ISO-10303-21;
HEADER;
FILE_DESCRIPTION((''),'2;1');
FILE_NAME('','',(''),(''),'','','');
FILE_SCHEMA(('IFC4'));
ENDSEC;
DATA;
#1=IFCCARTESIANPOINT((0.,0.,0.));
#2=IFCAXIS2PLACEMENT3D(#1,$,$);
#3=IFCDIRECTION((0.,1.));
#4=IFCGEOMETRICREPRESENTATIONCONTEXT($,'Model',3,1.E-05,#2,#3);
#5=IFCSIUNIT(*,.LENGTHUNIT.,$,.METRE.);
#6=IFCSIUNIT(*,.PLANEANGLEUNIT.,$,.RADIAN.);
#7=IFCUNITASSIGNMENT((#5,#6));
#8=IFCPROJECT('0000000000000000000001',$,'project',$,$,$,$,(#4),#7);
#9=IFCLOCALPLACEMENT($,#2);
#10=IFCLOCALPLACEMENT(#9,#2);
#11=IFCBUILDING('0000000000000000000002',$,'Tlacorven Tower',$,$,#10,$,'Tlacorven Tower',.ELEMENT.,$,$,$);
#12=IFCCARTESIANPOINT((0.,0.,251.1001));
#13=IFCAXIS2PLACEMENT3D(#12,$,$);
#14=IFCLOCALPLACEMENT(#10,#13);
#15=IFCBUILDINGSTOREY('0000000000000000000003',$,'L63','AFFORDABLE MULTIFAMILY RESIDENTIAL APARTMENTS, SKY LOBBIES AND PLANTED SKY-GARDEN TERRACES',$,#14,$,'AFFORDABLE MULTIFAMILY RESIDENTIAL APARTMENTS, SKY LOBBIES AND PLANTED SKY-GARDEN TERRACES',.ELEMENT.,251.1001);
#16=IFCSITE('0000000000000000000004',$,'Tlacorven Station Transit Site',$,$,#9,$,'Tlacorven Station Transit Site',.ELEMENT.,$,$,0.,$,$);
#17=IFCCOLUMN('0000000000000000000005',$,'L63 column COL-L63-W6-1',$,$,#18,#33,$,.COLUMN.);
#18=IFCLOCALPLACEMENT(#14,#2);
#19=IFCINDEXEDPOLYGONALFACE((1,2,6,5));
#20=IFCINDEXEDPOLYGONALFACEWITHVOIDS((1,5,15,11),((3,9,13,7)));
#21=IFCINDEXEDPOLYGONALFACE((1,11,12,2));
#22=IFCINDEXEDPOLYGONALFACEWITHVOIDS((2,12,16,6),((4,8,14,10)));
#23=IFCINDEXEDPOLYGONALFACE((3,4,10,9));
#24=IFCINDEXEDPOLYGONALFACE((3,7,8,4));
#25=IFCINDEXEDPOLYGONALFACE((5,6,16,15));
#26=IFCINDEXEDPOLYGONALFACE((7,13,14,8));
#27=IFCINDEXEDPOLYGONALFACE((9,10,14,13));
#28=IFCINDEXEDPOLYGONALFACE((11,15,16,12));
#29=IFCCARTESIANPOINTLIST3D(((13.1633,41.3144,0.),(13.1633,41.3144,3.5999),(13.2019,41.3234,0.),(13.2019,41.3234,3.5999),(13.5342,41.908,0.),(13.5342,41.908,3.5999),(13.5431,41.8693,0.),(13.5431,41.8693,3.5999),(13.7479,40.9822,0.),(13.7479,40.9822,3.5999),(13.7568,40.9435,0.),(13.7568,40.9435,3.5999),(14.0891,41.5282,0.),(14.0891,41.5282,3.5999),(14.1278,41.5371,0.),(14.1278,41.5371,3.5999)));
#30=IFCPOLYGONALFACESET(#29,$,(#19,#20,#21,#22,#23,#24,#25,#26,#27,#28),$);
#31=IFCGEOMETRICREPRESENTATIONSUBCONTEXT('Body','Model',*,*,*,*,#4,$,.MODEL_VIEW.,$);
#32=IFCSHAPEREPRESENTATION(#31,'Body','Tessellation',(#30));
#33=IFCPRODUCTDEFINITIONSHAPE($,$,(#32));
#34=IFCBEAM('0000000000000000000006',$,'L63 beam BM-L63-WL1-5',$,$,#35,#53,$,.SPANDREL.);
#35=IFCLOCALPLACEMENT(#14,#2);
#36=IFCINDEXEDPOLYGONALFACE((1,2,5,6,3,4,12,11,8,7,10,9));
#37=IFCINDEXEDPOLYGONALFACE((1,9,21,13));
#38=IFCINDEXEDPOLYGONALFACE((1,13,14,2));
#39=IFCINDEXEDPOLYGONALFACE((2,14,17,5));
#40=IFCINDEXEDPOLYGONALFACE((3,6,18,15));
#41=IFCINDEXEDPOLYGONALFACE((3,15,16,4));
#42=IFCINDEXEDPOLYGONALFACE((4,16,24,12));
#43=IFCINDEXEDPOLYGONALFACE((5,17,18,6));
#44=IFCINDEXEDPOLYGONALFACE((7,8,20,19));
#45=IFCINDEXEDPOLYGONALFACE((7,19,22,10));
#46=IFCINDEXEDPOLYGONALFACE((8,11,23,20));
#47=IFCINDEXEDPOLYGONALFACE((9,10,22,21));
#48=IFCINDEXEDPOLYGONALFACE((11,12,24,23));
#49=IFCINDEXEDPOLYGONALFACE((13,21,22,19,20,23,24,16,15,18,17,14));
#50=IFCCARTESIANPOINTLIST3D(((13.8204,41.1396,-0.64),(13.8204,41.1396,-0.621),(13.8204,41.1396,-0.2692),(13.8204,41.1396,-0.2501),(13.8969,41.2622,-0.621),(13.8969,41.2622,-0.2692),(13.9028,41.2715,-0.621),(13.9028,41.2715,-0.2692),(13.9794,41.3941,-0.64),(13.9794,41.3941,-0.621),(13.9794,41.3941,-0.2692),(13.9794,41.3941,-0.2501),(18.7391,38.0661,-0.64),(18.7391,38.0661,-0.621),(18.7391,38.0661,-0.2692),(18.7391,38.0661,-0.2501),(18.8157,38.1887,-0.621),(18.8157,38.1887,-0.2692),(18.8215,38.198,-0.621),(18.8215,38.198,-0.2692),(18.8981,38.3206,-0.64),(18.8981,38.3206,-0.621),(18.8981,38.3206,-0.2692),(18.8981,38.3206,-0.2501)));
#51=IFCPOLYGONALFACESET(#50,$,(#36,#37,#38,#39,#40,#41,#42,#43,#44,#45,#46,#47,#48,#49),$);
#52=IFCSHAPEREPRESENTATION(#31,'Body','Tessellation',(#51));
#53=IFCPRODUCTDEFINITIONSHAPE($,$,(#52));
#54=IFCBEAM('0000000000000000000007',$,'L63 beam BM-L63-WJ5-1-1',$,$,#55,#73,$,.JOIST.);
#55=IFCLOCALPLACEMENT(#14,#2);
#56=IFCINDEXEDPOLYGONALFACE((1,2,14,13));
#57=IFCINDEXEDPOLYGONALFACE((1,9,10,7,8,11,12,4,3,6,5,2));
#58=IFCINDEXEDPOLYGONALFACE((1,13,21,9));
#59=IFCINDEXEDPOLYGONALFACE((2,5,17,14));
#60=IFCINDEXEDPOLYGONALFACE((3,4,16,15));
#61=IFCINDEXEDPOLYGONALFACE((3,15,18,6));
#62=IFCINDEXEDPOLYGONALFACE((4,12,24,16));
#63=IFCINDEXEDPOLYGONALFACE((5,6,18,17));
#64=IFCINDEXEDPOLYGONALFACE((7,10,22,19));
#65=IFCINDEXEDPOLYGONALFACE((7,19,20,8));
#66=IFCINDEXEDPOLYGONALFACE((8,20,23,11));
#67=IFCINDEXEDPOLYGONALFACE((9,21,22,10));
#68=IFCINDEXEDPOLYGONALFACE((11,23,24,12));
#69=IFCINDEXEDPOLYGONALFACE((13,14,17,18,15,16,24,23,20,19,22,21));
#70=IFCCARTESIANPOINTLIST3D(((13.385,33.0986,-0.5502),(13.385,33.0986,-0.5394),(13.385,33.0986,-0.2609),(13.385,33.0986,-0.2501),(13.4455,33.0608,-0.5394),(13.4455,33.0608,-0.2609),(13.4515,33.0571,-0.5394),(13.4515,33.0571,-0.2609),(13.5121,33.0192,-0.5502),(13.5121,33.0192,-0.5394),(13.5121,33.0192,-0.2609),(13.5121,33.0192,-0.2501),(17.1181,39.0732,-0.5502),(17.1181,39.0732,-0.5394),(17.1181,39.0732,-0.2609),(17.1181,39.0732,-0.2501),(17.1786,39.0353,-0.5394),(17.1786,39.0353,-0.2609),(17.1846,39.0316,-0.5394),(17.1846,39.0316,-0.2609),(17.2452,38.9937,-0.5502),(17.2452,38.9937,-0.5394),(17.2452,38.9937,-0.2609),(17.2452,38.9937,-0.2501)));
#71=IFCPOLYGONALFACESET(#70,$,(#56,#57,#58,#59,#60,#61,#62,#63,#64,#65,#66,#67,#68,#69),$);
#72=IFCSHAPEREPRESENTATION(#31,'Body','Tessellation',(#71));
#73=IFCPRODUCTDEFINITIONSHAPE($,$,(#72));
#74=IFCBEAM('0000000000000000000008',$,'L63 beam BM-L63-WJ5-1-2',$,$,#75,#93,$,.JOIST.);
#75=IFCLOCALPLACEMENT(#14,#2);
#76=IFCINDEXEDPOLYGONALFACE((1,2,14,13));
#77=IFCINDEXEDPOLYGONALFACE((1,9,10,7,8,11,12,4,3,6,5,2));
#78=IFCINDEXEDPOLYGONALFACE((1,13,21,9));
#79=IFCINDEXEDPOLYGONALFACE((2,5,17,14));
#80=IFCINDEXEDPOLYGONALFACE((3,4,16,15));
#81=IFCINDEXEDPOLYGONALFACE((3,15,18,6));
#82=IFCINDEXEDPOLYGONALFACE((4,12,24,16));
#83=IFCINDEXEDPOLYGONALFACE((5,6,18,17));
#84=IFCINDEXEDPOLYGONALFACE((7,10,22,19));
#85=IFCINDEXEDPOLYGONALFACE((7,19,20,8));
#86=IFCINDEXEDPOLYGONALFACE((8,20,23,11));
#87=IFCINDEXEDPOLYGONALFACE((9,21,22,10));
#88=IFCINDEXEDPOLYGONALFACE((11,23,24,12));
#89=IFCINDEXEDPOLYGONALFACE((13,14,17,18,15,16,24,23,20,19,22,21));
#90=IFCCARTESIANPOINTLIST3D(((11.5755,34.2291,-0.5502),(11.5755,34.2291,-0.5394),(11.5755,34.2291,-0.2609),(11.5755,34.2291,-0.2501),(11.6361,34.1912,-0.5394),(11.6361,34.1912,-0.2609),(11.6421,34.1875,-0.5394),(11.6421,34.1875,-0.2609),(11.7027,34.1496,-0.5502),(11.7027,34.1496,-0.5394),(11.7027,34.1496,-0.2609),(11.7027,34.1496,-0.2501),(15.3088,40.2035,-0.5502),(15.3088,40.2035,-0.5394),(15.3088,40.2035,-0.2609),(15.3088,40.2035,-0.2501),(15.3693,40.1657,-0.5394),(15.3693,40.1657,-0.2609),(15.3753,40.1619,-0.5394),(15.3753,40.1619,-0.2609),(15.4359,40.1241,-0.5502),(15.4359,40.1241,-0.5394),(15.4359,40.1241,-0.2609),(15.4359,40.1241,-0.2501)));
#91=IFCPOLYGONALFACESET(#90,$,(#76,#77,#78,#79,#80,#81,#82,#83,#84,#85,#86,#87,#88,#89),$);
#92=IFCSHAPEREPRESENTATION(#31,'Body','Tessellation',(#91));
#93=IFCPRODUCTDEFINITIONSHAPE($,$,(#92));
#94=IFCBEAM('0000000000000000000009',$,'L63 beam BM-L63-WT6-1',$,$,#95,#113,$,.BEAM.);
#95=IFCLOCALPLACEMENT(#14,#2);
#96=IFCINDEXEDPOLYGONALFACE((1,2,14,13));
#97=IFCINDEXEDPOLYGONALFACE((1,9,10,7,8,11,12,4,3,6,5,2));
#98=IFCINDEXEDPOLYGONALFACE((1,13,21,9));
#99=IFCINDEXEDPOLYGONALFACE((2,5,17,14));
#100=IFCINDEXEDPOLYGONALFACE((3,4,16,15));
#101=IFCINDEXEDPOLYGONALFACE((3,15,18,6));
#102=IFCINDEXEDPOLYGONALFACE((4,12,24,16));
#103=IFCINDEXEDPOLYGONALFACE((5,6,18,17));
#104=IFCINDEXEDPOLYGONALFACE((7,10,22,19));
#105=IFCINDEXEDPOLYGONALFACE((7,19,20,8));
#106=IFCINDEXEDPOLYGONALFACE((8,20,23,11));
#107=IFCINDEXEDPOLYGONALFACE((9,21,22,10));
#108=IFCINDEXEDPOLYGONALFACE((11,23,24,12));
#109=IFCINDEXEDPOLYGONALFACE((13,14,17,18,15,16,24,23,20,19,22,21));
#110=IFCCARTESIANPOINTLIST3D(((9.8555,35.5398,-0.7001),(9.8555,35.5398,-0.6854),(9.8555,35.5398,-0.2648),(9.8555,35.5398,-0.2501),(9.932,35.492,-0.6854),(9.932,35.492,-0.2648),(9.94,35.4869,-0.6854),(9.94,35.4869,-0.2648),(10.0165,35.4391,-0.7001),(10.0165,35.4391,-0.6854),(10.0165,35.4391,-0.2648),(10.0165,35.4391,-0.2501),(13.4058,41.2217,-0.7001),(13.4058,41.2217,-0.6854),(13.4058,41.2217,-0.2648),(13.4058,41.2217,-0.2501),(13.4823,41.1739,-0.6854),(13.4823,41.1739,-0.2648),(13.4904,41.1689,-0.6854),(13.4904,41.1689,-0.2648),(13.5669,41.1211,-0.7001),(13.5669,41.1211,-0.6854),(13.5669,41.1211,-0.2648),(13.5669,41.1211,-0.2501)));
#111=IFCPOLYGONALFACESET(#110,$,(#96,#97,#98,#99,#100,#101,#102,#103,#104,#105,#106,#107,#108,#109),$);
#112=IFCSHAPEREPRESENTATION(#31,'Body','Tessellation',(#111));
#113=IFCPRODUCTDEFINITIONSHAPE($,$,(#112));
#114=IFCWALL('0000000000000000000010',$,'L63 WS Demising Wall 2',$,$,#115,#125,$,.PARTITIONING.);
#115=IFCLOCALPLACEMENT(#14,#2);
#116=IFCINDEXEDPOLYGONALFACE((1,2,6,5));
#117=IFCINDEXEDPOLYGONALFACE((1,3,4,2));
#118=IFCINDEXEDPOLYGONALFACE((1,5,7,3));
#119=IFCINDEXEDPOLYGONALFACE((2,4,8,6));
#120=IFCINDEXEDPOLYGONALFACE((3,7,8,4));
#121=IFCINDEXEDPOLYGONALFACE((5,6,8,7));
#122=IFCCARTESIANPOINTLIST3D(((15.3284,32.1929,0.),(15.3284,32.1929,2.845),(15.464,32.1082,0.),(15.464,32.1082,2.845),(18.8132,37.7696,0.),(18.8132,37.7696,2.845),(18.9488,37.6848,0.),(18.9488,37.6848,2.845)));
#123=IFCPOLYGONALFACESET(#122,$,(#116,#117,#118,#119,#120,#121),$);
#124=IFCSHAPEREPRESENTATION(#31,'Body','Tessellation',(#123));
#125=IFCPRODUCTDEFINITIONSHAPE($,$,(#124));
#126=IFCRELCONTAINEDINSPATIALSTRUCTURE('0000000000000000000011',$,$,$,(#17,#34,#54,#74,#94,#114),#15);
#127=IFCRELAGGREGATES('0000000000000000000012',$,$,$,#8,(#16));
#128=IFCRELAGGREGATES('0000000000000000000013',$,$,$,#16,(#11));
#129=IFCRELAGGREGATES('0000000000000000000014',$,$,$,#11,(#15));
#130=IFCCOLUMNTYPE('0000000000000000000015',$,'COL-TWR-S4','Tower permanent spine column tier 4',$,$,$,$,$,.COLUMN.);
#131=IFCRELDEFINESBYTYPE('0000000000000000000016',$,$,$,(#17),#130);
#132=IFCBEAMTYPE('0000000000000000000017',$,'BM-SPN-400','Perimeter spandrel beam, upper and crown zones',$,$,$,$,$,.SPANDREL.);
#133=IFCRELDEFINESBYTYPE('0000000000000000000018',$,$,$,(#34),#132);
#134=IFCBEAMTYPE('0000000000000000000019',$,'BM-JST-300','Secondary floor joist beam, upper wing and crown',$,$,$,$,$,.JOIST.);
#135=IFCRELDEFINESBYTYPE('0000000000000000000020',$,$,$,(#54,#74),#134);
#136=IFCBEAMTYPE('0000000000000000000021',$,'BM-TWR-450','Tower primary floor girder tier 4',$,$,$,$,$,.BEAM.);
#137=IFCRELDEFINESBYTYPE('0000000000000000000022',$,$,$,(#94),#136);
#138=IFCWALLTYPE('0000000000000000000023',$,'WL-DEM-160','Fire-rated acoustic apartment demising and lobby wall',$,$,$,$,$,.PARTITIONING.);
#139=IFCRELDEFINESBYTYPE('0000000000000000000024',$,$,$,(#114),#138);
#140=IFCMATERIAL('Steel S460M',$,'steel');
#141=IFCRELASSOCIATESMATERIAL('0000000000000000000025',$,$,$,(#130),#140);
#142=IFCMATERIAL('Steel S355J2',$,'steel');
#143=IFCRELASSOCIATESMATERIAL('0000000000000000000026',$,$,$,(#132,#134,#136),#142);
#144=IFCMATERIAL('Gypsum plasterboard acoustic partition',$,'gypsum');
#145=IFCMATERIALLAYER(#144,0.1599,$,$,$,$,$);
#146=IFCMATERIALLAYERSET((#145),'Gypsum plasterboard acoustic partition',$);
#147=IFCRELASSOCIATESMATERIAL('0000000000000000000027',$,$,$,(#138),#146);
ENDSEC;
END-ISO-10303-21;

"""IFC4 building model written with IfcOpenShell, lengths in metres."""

from ifc_helpers import new_model, si_unit, direction, frame, frame_2d, origin, origin_2d, place, context, subcontext, project, spatial, rectangle, hollow_rectangle, i_section, extrude, source, transform, mapped, material, layer, layer_set, material_profile, profile_set, type_object, element, save


model = new_model("IFC4")

# Units and contexts
model_context = context("Model", 3, precision=1e-05, world=origin(), true_north=direction((0.0, 1.0)))
body_context = subcontext(model_context, "Body", "Model", "MODEL_VIEW")
ifc_project = project(units=[si_unit("LENGTHUNIT", "METRE"), si_unit("PLANEANGLEUNIT", "RADIAN")], contexts=[model_context])

# Site, building, storey
site_placement = place(None, origin())
site = spatial("IfcSite", under=ifc_project, at=site_placement, Name="Tlacorven Station Transit Site", LongName="Tlacorven Station Transit Site", CompositionType="ELEMENT", RefElevation=0.0)
building_placement = place(site_placement, origin())
building = spatial("IfcBuilding", under=site, at=building_placement, Name="Tlacorven Tower", LongName="Tlacorven Tower", CompositionType="ELEMENT")
storey_placement = place(building_placement, frame((0.0, 0.0, 251.1001)))
storey = spatial("IfcBuildingStorey", under=building, at=storey_placement, Name="L63", Description="AFFORDABLE MULTIFAMILY RESIDENTIAL APARTMENTS, SKY LOBBIES AND PLANTED SKY-GARDEN TERRACES", LongName="AFFORDABLE MULTIFAMILY RESIDENTIAL APARTMENTS, SKY LOBBIES AND PLANTED SKY-GARDEN TERRACES", CompositionType="ELEMENT", Elevation=251.1001)

# Column
ifc_material_1 = material(Name="Steel S460M", Category="steel")
ifc_material_profile_1 = material_profile(ifc_material_1, hollow_rectangle(XDim=0.7, YDim=0.7, WallThickness=0.0281, at=origin_2d()), Name="BOX 700X700X28")
ifc_profile_set_1 = profile_set([ifc_material_profile_1], Name="Steel S460M")
column_type = type_object("IfcColumnType", Name="COL-TWR-S4", Description="Tower permanent spine column tier 4", PredefinedType="COLUMN", material=ifc_profile_set_1)
shared_shape_1 = source(origin(), body_context, "Body", "SweptSolid", [
    extrude(hollow_rectangle(XDim=0.7, YDim=0.7, WallThickness=0.0281, at=origin_2d()), origin(), (0.0, 0.0, 1.0), 3.5999),
])
column_placement = place(storey_placement, frame((13.6455, 41.4258, 0.0), z_axis=(0.0, 0.0, 1.0), x_axis=(-0.848048, 0.529919, 0.0)))
element("IfcColumn", 1, at=column_placement, inside=storey, type_object=column_type, Name="L63 column COL-L63-W6-1", PredefinedType="COLUMN", context=body_context, shape_type="MappedRepresentation", body=[
    mapped(shared_shape_1, transform((0.0, 0.0, 0.0), scale=1.0)),
])

# Beams
ifc_material_2 = material(Name="Steel S355J2", Category="steel")
ifc_material_profile_2 = material_profile(ifc_material_2, i_section(OverallWidth=0.3, OverallDepth=0.3899, WebThickness=0.011, FlangeThickness=0.019, at=origin_2d()), Name="HEA 400")
ifc_profile_set_2 = profile_set([ifc_material_profile_2], Name="Steel S355J2")
beam_type_1 = type_object("IfcBeamType", Name="BM-SPN-400", Description="Perimeter spandrel beam, upper and crown zones", PredefinedType="SPANDREL", material=ifc_profile_set_2)
shared_shape_2 = source(origin(), body_context, "Body", "SweptSolid", [
    extrude(i_section(OverallWidth=0.3, OverallDepth=0.3899, WebThickness=0.011, FlangeThickness=0.019, at=origin_2d()), origin(), (0.0, 0.0, 1.0), 5.8),
])
beam_1_placement = place(storey_placement, frame((18.8186, 38.1934, -0.4451), z_axis=(-0.848053, 0.529912, 0.0), x_axis=(-0.529912, -0.848053, 0.0)))
element("IfcBeam", 2, at=beam_1_placement, inside=storey, type_object=beam_type_1, Name="L63 beam BM-L63-WL1-5", PredefinedType="SPANDREL", context=body_context, shape_type="MappedRepresentation", body=[
    mapped(shared_shape_2, transform((0.0, 0.0, 0.0), scale=1.0)),
])
ifc_material_profile_3 = material_profile(ifc_material_2, i_section(OverallWidth=0.1499, OverallDepth=0.3, WebThickness=0.0071, FlangeThickness=0.0107, at=origin_2d()), Name="IPE 300")
ifc_profile_set_3 = profile_set([ifc_material_profile_3], Name="Steel S355J2")
beam_type_2 = type_object("IfcBeamType", Name="BM-JST-300", Description="Secondary floor joist beam, upper wing and crown", PredefinedType="JOIST", material=ifc_profile_set_3)
shared_shape_3 = source(origin(), body_context, "Body", "SweptSolid", [
    extrude(i_section(OverallWidth=0.1499, OverallDepth=0.3, WebThickness=0.0071, FlangeThickness=0.0107, at=origin_2d()), origin(), (0.0, 0.0, 1.0), 7.0449),
])
for number, where, z_axis, x_axis, name in (
    (3, (17.1816, 39.0334, -0.4001), (-0.529899, -0.848061, 0.0), (0.848061, -0.529899, 0.0), "L63 beam BM-L63-WJ5-1-1"),
    (4, (15.3723, 40.1638, -0.4001), (-0.529915, -0.848051, 0.0), (0.848051, -0.529915, 0.0), "L63 beam BM-L63-WJ5-1-2"),
):
    element("IfcBeam", number, at=place(storey_placement, frame(where, z_axis=z_axis, x_axis=x_axis)), inside=storey, type_object=beam_type_2, Name=name, PredefinedType="JOIST", context=body_context, shape_type="MappedRepresentation", body=[
        mapped(shared_shape_3, transform((0.0, 0.0, 0.0), scale=1.0)),
    ])
ifc_material_profile_4 = material_profile(ifc_material_2, i_section(OverallWidth=0.1899, OverallDepth=0.45, WebThickness=0.0095, FlangeThickness=0.0146, at=origin_2d()), Name="IPE 450")
ifc_profile_set_4 = profile_set([ifc_material_profile_4], Name="Steel S355J2")
beam_type_3 = type_object("IfcBeamType", Name="BM-TWR-450", Description="Tower primary floor girder tier 4", PredefinedType="BEAM", material=ifc_profile_set_4)
shared_shape_4 = source(origin(), body_context, "Body", "SweptSolid", [
    extrude(i_section(OverallWidth=0.1899, OverallDepth=0.45, WebThickness=0.0095, FlangeThickness=0.0146, at=origin_2d()), origin(), (0.0, 0.0, 1.0), 6.7),
])
beam_2_placement = place(storey_placement, frame((13.4863, 41.1714, -0.4751), z_axis=(-0.529904, -0.848058, 0.0), x_axis=(0.848058, -0.529904, 0.0)))
element("IfcBeam", 5, at=beam_2_placement, inside=storey, type_object=beam_type_3, Name="L63 beam BM-L63-WT6-1", PredefinedType="BEAM", context=body_context, shape_type="MappedRepresentation", body=[
    mapped(shared_shape_4, transform((0.0, 0.0, 0.0), scale=1.0)),
])

# Wall
ifc_material_3 = material(Name="Gypsum plasterboard acoustic partition", Category="gypsum")
ifc_layer_1 = layer(ifc_material_3, 0.1599)
ifc_layer_set_1 = layer_set([ifc_layer_1], Name="Gypsum plasterboard acoustic partition")
wall_type_1 = type_object("IfcWallType", Name="WL-DEM-160", Description="Fire-rated acoustic apartment demising and lobby wall", PredefinedType="PARTITIONING", material=ifc_layer_set_1)
wall_1_placement = place(storey_placement, frame((18.8811, 37.7273, 0.0), z_axis=(0.0, 0.0, 1.0), x_axis=(-0.529939, -0.848036, 0.0)))
element("IfcWall", 6, at=wall_1_placement, inside=storey, type_object=wall_type_1, Name="L63 WS Demising Wall 2", PredefinedType="PARTITIONING", context=body_context, shape_type="SweptSolid", body=[
    extrude(rectangle(XDim=6.5759, YDim=0.1599, at=frame_2d((3.2881, 0.0))), origin(), (0.0, 0.0, 1.0), 2.845),
])

save(model, "model.ifc")
